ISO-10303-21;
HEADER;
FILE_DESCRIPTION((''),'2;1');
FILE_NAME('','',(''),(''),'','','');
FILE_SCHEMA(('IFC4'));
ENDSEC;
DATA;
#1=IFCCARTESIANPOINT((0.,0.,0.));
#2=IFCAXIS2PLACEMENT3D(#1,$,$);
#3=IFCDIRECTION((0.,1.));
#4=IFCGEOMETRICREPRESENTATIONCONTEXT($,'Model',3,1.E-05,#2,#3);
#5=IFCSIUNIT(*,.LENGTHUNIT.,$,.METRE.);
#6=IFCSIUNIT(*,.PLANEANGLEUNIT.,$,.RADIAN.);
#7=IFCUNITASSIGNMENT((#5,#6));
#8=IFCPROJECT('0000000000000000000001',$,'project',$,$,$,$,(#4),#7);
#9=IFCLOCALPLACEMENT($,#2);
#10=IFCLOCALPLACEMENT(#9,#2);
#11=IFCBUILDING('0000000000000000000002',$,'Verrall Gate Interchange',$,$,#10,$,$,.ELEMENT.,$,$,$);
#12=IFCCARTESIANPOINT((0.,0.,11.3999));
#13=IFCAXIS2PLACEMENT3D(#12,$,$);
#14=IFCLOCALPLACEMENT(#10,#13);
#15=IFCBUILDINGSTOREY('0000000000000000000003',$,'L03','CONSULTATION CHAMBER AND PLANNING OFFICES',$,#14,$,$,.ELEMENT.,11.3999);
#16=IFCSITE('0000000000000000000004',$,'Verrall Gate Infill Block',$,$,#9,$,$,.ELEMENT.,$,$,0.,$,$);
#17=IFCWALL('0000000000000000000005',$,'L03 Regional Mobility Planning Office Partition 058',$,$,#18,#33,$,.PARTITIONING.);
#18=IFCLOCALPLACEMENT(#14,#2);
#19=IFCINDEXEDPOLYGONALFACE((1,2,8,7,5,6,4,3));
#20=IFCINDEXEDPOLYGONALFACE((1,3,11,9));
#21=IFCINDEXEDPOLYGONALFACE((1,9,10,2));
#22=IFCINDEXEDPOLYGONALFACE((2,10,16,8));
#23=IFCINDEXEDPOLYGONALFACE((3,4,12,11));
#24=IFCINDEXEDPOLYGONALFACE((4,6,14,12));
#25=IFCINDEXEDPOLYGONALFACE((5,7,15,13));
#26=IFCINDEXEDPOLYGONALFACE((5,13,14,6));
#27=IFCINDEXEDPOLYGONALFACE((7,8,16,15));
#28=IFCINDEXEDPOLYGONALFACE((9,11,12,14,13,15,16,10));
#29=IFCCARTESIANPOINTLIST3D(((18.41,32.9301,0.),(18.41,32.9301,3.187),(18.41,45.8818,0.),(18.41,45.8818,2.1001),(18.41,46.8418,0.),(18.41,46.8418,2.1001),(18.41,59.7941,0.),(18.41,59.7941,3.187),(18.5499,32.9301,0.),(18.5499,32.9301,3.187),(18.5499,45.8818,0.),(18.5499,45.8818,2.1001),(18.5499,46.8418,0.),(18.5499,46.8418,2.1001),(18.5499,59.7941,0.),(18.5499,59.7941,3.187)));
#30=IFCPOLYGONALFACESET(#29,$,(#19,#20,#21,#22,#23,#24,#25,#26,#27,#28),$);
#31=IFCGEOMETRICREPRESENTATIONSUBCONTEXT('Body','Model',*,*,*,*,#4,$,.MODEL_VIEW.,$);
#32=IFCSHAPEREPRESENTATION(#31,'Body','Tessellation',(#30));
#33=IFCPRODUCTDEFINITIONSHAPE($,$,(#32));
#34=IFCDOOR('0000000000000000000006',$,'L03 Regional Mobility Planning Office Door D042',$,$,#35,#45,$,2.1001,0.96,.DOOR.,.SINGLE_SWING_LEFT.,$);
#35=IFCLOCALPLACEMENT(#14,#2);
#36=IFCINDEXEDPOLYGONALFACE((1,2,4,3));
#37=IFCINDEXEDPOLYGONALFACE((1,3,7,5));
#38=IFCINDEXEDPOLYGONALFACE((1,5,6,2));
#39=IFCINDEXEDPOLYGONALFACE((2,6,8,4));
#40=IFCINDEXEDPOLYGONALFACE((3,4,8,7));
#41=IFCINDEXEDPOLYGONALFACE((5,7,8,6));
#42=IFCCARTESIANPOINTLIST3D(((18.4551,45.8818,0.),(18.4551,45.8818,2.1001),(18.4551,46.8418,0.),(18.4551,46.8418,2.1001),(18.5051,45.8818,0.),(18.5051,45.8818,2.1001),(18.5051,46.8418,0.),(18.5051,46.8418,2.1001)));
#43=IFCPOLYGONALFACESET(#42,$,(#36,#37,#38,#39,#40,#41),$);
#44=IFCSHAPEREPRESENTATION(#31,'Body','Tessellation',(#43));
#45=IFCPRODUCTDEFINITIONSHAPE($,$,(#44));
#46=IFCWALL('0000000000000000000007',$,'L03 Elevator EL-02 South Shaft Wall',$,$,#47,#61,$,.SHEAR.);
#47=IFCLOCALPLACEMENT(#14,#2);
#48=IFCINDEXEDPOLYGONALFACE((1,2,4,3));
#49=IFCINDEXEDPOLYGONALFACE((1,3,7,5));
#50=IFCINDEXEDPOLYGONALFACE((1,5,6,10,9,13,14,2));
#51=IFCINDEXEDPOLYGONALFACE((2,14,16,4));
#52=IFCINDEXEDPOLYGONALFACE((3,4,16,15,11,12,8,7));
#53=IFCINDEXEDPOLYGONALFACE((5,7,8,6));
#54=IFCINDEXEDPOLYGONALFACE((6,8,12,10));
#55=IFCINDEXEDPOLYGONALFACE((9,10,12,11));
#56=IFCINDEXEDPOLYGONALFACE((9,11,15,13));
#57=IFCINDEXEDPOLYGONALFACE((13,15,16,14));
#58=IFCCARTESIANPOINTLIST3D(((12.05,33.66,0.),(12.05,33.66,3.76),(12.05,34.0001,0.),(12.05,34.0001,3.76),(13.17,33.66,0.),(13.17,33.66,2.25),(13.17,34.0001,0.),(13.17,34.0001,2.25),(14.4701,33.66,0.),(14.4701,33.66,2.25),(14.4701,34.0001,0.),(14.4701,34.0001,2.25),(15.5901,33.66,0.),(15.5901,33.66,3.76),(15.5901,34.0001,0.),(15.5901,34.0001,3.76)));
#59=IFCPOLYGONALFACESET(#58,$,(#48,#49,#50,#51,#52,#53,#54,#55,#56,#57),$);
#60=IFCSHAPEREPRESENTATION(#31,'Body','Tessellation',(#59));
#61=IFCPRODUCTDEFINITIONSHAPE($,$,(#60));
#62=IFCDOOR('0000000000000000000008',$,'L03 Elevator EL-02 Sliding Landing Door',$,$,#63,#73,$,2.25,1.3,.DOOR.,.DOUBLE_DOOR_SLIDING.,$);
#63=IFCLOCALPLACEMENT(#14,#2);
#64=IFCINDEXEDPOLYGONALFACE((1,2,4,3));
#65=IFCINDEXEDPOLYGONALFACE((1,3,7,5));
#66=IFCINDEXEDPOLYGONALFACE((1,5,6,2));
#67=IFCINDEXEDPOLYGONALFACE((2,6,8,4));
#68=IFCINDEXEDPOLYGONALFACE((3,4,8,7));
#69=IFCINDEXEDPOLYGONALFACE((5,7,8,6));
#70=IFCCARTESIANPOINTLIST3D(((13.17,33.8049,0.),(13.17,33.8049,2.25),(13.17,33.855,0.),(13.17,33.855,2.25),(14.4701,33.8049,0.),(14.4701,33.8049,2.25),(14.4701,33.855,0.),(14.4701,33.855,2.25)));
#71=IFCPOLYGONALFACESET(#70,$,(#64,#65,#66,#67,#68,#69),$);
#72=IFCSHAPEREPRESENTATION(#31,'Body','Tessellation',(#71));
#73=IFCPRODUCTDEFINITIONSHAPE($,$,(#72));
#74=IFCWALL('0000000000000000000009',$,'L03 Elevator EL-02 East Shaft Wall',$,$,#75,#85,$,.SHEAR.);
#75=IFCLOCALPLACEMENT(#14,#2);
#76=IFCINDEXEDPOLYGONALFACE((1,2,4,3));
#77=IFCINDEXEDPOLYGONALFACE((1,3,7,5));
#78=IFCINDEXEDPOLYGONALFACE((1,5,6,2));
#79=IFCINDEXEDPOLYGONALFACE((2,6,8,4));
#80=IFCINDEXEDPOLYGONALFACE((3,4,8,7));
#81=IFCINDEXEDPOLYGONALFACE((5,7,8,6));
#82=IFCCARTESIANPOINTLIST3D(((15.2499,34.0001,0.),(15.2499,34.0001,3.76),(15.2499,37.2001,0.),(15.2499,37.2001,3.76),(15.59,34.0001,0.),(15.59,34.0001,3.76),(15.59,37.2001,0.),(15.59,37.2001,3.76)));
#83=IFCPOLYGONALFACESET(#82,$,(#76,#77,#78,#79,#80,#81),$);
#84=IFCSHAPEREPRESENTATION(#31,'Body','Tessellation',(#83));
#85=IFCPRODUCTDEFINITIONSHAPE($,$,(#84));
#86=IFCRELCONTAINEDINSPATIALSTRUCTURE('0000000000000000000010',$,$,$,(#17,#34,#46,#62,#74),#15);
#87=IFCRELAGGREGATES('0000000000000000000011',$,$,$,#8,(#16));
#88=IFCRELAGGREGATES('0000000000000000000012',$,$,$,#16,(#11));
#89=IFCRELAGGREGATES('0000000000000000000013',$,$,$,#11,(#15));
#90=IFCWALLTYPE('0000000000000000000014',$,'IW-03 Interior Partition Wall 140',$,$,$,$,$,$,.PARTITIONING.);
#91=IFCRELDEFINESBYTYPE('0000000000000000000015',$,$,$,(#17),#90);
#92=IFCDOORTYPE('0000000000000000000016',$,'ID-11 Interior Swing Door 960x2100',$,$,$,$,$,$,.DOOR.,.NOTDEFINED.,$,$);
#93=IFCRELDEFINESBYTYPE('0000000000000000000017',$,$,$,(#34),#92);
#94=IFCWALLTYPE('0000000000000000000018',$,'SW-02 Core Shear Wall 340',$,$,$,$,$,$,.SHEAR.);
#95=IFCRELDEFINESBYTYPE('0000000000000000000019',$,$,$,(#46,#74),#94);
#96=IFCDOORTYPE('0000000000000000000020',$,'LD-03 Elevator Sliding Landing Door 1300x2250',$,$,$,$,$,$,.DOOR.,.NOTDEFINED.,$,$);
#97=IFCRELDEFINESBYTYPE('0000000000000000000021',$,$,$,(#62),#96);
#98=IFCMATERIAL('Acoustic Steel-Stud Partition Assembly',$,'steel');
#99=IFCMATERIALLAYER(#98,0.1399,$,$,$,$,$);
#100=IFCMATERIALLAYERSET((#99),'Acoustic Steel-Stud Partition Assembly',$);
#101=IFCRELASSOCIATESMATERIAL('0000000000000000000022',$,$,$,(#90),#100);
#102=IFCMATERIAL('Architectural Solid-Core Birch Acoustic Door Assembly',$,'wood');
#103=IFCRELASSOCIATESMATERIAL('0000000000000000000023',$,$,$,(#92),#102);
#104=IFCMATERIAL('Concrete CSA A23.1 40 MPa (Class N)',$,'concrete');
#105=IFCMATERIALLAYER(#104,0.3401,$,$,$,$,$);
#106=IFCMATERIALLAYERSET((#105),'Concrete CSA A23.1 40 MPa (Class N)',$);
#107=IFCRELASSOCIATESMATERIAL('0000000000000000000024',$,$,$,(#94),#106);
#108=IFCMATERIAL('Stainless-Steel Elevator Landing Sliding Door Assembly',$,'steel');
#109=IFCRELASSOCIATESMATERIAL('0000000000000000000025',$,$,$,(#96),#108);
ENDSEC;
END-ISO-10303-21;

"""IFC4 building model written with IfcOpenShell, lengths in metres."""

from ifc_helpers import new_model, si_unit, direction, frame, frame_2d, origin, place, context, subcontext, project, spatial, rectangle, extrude, material, layer, layer_set, type_object, element, fill, save


model = new_model("IFC4")

# Units and contexts
model_context = context("Model", 3, precision=1e-05, world=origin(), true_north=direction((0.0, 1.0)))
body_context = subcontext(model_context, "Body", "Model", "MODEL_VIEW")
ifc_project = project(units=[si_unit("LENGTHUNIT", "METRE"), si_unit("PLANEANGLEUNIT", "RADIAN")], contexts=[model_context])

# Site, building, storey
site_placement = place(None, origin())
site = spatial("IfcSite", under=ifc_project, at=site_placement, Name="Verrall Gate Infill Block", CompositionType="ELEMENT", RefElevation=0.0)
building_placement = place(site_placement, origin())
building = spatial("IfcBuilding", under=site, at=building_placement, Name="Verrall Gate Interchange", CompositionType="ELEMENT")
storey_placement = place(building_placement, frame((0.0, 0.0, 11.3999)))
storey = spatial("IfcBuildingStorey", under=building, at=storey_placement, Name="L03", Description="CONSULTATION CHAMBER AND PLANNING OFFICES", CompositionType="ELEMENT", Elevation=11.3999)

# Walls, openings, doors
ifc_material_1 = material(Name="Acoustic Steel-Stud Partition Assembly", Category="steel")
ifc_layer_1 = layer(ifc_material_1, 0.1399)
ifc_layer_set_1 = layer_set([ifc_layer_1], Name="Acoustic Steel-Stud Partition Assembly")
wall_type_1 = type_object("IfcWallType", Name="IW-03 Interior Partition Wall 140", PredefinedType="PARTITIONING", material=ifc_layer_set_1)
wall_1_placement = place(storey_placement, frame((18.48, 32.9299, 0.0), z_axis=(0.0, 0.0, 1.0), x_axis=(0.0, 1.0, 0.0)))
wall_1 = element("IfcWall", 1, at=wall_1_placement, inside=storey, type_object=wall_type_1, Name="L03 Regional Mobility Planning Office Partition 058", PredefinedType="PARTITIONING", context=body_context, shape_type="SweptSolid", body=[
    extrude(rectangle(XDim=26.864, YDim=0.1399, at=frame_2d((13.4321, 0.0))), origin(), (0.0, 0.0, 1.0), 3.187),
])
opening_1_placement = place(wall_1_placement, frame((12.9519, 0.0, 0.0)))
opening_1 = element("IfcOpeningElement", 2, at=opening_1_placement, cuts=wall_1, PredefinedType="OPENING", context=body_context, shape_type="SweptSolid", body=[
    extrude(rectangle(XDim=0.96, YDim=2.1001, at=frame_2d((0.48, 1.05))), frame((0.0, 0.085, 0.0), z_axis=(0.0, -1.0, 0.0), x_axis=(1.0, 0.0, 0.0)), (0.0, 0.0, 1.0), 0.1697),
])
ifc_material_2 = material(Name="Architectural Solid-Core Birch Acoustic Door Assembly", Category="wood")
door_type_1 = type_object("IfcDoorType", Name="ID-11 Interior Swing Door 960x2100", OperationType="NOTDEFINED", PredefinedType="DOOR", material=ifc_material_2)
door_1_placement = place(opening_1_placement, origin())
door_1 = element("IfcDoor", 3, at=door_1_placement, inside=storey, type_object=door_type_1, Name="L03 Regional Mobility Planning Office Door D042", OperationType="SINGLE_SWING_LEFT", OverallHeight=2.1001, OverallWidth=0.96, PredefinedType="DOOR", context=body_context, shape_type="SweptSolid", body=[
    extrude(rectangle(XDim=0.96, YDim=2.1001, at=frame_2d((0.48, 1.05))), frame((0.0, 0.0249, 0.0), z_axis=(0.0, -1.0, 0.0), x_axis=(1.0, 0.0, 0.0)), (0.0, 0.0, 1.0), 0.05),
])
fill(opening_1, door_1)
ifc_material_3 = material(Name="Concrete CSA A23.1 40 MPa (Class N)", Category="concrete")
ifc_layer_2 = layer(ifc_material_3, 0.3401)
ifc_layer_set_2 = layer_set([ifc_layer_2], Name="Concrete CSA A23.1 40 MPa (Class N)")
wall_type_2 = type_object("IfcWallType", Name="SW-02 Core Shear Wall 340", PredefinedType="SHEAR", material=ifc_layer_set_2)
wall_2_placement = place(storey_placement, frame((12.05, 33.8301, 0.0), z_axis=(0.0, 0.0, 1.0), x_axis=(1.0, 0.0, 0.0)))
wall_2 = element("IfcWall", 4, at=wall_2_placement, inside=storey, type_object=wall_type_2, Name="L03 Elevator EL-02 South Shaft Wall", PredefinedType="SHEAR", context=body_context, shape_type="SweptSolid", body=[
    extrude(rectangle(XDim=3.54, YDim=0.3401, at=frame_2d((1.77, 0.0))), origin(), (0.0, 0.0, 1.0), 3.76),
])
opening_2_placement = place(wall_2_placement, frame((1.1201, 0.0, 0.0)))
opening_2 = element("IfcOpeningElement", 5, at=opening_2_placement, cuts=wall_2, PredefinedType="OPENING", context=body_context, shape_type="SweptSolid", body=[
    extrude(rectangle(XDim=1.3, YDim=2.25, at=frame_2d((0.6499, 1.125))), frame((0.0, 0.1851, 0.0), z_axis=(0.0, -1.0, 0.0), x_axis=(1.0, 0.0, 0.0)), (0.0, 0.0, 1.0), 0.3699),
])
ifc_material_4 = material(Name="Stainless-Steel Elevator Landing Sliding Door Assembly", Category="steel")
door_type_2 = type_object("IfcDoorType", Name="LD-03 Elevator Sliding Landing Door 1300x2250", OperationType="NOTDEFINED", PredefinedType="DOOR", material=ifc_material_4)
door_2_placement = place(opening_2_placement, origin())
door_2 = element("IfcDoor", 6, at=door_2_placement, inside=storey, type_object=door_type_2, Name="L03 Elevator EL-02 Sliding Landing Door", OperationType="DOUBLE_DOOR_SLIDING", OverallHeight=2.25, OverallWidth=1.3, PredefinedType="DOOR", context=body_context, shape_type="SweptSolid", body=[
    extrude(rectangle(XDim=1.3, YDim=2.25, at=frame_2d((0.6499, 1.125))), frame((0.0, 0.0249, 0.0), z_axis=(0.0, -1.0, 0.0), x_axis=(1.0, 0.0, 0.0)), (0.0, 0.0, 1.0), 0.05),
])
fill(opening_2, door_2)

# Wall
wall_3_placement = place(storey_placement, frame((15.4199, 34.0, 0.0), z_axis=(0.0, 0.0, 1.0), x_axis=(0.0, 1.0, 0.0)))
element("IfcWall", 7, at=wall_3_placement, inside=storey, type_object=wall_type_2, Name="L03 Elevator EL-02 East Shaft Wall", PredefinedType="SHEAR", context=body_context, shape_type="SweptSolid", body=[
    extrude(rectangle(XDim=3.2, YDim=0.3401, at=frame_2d((1.6001, 0.0))), origin(), (0.0, 0.0, 1.0), 3.76),
])

save(model, "model.ifc")
